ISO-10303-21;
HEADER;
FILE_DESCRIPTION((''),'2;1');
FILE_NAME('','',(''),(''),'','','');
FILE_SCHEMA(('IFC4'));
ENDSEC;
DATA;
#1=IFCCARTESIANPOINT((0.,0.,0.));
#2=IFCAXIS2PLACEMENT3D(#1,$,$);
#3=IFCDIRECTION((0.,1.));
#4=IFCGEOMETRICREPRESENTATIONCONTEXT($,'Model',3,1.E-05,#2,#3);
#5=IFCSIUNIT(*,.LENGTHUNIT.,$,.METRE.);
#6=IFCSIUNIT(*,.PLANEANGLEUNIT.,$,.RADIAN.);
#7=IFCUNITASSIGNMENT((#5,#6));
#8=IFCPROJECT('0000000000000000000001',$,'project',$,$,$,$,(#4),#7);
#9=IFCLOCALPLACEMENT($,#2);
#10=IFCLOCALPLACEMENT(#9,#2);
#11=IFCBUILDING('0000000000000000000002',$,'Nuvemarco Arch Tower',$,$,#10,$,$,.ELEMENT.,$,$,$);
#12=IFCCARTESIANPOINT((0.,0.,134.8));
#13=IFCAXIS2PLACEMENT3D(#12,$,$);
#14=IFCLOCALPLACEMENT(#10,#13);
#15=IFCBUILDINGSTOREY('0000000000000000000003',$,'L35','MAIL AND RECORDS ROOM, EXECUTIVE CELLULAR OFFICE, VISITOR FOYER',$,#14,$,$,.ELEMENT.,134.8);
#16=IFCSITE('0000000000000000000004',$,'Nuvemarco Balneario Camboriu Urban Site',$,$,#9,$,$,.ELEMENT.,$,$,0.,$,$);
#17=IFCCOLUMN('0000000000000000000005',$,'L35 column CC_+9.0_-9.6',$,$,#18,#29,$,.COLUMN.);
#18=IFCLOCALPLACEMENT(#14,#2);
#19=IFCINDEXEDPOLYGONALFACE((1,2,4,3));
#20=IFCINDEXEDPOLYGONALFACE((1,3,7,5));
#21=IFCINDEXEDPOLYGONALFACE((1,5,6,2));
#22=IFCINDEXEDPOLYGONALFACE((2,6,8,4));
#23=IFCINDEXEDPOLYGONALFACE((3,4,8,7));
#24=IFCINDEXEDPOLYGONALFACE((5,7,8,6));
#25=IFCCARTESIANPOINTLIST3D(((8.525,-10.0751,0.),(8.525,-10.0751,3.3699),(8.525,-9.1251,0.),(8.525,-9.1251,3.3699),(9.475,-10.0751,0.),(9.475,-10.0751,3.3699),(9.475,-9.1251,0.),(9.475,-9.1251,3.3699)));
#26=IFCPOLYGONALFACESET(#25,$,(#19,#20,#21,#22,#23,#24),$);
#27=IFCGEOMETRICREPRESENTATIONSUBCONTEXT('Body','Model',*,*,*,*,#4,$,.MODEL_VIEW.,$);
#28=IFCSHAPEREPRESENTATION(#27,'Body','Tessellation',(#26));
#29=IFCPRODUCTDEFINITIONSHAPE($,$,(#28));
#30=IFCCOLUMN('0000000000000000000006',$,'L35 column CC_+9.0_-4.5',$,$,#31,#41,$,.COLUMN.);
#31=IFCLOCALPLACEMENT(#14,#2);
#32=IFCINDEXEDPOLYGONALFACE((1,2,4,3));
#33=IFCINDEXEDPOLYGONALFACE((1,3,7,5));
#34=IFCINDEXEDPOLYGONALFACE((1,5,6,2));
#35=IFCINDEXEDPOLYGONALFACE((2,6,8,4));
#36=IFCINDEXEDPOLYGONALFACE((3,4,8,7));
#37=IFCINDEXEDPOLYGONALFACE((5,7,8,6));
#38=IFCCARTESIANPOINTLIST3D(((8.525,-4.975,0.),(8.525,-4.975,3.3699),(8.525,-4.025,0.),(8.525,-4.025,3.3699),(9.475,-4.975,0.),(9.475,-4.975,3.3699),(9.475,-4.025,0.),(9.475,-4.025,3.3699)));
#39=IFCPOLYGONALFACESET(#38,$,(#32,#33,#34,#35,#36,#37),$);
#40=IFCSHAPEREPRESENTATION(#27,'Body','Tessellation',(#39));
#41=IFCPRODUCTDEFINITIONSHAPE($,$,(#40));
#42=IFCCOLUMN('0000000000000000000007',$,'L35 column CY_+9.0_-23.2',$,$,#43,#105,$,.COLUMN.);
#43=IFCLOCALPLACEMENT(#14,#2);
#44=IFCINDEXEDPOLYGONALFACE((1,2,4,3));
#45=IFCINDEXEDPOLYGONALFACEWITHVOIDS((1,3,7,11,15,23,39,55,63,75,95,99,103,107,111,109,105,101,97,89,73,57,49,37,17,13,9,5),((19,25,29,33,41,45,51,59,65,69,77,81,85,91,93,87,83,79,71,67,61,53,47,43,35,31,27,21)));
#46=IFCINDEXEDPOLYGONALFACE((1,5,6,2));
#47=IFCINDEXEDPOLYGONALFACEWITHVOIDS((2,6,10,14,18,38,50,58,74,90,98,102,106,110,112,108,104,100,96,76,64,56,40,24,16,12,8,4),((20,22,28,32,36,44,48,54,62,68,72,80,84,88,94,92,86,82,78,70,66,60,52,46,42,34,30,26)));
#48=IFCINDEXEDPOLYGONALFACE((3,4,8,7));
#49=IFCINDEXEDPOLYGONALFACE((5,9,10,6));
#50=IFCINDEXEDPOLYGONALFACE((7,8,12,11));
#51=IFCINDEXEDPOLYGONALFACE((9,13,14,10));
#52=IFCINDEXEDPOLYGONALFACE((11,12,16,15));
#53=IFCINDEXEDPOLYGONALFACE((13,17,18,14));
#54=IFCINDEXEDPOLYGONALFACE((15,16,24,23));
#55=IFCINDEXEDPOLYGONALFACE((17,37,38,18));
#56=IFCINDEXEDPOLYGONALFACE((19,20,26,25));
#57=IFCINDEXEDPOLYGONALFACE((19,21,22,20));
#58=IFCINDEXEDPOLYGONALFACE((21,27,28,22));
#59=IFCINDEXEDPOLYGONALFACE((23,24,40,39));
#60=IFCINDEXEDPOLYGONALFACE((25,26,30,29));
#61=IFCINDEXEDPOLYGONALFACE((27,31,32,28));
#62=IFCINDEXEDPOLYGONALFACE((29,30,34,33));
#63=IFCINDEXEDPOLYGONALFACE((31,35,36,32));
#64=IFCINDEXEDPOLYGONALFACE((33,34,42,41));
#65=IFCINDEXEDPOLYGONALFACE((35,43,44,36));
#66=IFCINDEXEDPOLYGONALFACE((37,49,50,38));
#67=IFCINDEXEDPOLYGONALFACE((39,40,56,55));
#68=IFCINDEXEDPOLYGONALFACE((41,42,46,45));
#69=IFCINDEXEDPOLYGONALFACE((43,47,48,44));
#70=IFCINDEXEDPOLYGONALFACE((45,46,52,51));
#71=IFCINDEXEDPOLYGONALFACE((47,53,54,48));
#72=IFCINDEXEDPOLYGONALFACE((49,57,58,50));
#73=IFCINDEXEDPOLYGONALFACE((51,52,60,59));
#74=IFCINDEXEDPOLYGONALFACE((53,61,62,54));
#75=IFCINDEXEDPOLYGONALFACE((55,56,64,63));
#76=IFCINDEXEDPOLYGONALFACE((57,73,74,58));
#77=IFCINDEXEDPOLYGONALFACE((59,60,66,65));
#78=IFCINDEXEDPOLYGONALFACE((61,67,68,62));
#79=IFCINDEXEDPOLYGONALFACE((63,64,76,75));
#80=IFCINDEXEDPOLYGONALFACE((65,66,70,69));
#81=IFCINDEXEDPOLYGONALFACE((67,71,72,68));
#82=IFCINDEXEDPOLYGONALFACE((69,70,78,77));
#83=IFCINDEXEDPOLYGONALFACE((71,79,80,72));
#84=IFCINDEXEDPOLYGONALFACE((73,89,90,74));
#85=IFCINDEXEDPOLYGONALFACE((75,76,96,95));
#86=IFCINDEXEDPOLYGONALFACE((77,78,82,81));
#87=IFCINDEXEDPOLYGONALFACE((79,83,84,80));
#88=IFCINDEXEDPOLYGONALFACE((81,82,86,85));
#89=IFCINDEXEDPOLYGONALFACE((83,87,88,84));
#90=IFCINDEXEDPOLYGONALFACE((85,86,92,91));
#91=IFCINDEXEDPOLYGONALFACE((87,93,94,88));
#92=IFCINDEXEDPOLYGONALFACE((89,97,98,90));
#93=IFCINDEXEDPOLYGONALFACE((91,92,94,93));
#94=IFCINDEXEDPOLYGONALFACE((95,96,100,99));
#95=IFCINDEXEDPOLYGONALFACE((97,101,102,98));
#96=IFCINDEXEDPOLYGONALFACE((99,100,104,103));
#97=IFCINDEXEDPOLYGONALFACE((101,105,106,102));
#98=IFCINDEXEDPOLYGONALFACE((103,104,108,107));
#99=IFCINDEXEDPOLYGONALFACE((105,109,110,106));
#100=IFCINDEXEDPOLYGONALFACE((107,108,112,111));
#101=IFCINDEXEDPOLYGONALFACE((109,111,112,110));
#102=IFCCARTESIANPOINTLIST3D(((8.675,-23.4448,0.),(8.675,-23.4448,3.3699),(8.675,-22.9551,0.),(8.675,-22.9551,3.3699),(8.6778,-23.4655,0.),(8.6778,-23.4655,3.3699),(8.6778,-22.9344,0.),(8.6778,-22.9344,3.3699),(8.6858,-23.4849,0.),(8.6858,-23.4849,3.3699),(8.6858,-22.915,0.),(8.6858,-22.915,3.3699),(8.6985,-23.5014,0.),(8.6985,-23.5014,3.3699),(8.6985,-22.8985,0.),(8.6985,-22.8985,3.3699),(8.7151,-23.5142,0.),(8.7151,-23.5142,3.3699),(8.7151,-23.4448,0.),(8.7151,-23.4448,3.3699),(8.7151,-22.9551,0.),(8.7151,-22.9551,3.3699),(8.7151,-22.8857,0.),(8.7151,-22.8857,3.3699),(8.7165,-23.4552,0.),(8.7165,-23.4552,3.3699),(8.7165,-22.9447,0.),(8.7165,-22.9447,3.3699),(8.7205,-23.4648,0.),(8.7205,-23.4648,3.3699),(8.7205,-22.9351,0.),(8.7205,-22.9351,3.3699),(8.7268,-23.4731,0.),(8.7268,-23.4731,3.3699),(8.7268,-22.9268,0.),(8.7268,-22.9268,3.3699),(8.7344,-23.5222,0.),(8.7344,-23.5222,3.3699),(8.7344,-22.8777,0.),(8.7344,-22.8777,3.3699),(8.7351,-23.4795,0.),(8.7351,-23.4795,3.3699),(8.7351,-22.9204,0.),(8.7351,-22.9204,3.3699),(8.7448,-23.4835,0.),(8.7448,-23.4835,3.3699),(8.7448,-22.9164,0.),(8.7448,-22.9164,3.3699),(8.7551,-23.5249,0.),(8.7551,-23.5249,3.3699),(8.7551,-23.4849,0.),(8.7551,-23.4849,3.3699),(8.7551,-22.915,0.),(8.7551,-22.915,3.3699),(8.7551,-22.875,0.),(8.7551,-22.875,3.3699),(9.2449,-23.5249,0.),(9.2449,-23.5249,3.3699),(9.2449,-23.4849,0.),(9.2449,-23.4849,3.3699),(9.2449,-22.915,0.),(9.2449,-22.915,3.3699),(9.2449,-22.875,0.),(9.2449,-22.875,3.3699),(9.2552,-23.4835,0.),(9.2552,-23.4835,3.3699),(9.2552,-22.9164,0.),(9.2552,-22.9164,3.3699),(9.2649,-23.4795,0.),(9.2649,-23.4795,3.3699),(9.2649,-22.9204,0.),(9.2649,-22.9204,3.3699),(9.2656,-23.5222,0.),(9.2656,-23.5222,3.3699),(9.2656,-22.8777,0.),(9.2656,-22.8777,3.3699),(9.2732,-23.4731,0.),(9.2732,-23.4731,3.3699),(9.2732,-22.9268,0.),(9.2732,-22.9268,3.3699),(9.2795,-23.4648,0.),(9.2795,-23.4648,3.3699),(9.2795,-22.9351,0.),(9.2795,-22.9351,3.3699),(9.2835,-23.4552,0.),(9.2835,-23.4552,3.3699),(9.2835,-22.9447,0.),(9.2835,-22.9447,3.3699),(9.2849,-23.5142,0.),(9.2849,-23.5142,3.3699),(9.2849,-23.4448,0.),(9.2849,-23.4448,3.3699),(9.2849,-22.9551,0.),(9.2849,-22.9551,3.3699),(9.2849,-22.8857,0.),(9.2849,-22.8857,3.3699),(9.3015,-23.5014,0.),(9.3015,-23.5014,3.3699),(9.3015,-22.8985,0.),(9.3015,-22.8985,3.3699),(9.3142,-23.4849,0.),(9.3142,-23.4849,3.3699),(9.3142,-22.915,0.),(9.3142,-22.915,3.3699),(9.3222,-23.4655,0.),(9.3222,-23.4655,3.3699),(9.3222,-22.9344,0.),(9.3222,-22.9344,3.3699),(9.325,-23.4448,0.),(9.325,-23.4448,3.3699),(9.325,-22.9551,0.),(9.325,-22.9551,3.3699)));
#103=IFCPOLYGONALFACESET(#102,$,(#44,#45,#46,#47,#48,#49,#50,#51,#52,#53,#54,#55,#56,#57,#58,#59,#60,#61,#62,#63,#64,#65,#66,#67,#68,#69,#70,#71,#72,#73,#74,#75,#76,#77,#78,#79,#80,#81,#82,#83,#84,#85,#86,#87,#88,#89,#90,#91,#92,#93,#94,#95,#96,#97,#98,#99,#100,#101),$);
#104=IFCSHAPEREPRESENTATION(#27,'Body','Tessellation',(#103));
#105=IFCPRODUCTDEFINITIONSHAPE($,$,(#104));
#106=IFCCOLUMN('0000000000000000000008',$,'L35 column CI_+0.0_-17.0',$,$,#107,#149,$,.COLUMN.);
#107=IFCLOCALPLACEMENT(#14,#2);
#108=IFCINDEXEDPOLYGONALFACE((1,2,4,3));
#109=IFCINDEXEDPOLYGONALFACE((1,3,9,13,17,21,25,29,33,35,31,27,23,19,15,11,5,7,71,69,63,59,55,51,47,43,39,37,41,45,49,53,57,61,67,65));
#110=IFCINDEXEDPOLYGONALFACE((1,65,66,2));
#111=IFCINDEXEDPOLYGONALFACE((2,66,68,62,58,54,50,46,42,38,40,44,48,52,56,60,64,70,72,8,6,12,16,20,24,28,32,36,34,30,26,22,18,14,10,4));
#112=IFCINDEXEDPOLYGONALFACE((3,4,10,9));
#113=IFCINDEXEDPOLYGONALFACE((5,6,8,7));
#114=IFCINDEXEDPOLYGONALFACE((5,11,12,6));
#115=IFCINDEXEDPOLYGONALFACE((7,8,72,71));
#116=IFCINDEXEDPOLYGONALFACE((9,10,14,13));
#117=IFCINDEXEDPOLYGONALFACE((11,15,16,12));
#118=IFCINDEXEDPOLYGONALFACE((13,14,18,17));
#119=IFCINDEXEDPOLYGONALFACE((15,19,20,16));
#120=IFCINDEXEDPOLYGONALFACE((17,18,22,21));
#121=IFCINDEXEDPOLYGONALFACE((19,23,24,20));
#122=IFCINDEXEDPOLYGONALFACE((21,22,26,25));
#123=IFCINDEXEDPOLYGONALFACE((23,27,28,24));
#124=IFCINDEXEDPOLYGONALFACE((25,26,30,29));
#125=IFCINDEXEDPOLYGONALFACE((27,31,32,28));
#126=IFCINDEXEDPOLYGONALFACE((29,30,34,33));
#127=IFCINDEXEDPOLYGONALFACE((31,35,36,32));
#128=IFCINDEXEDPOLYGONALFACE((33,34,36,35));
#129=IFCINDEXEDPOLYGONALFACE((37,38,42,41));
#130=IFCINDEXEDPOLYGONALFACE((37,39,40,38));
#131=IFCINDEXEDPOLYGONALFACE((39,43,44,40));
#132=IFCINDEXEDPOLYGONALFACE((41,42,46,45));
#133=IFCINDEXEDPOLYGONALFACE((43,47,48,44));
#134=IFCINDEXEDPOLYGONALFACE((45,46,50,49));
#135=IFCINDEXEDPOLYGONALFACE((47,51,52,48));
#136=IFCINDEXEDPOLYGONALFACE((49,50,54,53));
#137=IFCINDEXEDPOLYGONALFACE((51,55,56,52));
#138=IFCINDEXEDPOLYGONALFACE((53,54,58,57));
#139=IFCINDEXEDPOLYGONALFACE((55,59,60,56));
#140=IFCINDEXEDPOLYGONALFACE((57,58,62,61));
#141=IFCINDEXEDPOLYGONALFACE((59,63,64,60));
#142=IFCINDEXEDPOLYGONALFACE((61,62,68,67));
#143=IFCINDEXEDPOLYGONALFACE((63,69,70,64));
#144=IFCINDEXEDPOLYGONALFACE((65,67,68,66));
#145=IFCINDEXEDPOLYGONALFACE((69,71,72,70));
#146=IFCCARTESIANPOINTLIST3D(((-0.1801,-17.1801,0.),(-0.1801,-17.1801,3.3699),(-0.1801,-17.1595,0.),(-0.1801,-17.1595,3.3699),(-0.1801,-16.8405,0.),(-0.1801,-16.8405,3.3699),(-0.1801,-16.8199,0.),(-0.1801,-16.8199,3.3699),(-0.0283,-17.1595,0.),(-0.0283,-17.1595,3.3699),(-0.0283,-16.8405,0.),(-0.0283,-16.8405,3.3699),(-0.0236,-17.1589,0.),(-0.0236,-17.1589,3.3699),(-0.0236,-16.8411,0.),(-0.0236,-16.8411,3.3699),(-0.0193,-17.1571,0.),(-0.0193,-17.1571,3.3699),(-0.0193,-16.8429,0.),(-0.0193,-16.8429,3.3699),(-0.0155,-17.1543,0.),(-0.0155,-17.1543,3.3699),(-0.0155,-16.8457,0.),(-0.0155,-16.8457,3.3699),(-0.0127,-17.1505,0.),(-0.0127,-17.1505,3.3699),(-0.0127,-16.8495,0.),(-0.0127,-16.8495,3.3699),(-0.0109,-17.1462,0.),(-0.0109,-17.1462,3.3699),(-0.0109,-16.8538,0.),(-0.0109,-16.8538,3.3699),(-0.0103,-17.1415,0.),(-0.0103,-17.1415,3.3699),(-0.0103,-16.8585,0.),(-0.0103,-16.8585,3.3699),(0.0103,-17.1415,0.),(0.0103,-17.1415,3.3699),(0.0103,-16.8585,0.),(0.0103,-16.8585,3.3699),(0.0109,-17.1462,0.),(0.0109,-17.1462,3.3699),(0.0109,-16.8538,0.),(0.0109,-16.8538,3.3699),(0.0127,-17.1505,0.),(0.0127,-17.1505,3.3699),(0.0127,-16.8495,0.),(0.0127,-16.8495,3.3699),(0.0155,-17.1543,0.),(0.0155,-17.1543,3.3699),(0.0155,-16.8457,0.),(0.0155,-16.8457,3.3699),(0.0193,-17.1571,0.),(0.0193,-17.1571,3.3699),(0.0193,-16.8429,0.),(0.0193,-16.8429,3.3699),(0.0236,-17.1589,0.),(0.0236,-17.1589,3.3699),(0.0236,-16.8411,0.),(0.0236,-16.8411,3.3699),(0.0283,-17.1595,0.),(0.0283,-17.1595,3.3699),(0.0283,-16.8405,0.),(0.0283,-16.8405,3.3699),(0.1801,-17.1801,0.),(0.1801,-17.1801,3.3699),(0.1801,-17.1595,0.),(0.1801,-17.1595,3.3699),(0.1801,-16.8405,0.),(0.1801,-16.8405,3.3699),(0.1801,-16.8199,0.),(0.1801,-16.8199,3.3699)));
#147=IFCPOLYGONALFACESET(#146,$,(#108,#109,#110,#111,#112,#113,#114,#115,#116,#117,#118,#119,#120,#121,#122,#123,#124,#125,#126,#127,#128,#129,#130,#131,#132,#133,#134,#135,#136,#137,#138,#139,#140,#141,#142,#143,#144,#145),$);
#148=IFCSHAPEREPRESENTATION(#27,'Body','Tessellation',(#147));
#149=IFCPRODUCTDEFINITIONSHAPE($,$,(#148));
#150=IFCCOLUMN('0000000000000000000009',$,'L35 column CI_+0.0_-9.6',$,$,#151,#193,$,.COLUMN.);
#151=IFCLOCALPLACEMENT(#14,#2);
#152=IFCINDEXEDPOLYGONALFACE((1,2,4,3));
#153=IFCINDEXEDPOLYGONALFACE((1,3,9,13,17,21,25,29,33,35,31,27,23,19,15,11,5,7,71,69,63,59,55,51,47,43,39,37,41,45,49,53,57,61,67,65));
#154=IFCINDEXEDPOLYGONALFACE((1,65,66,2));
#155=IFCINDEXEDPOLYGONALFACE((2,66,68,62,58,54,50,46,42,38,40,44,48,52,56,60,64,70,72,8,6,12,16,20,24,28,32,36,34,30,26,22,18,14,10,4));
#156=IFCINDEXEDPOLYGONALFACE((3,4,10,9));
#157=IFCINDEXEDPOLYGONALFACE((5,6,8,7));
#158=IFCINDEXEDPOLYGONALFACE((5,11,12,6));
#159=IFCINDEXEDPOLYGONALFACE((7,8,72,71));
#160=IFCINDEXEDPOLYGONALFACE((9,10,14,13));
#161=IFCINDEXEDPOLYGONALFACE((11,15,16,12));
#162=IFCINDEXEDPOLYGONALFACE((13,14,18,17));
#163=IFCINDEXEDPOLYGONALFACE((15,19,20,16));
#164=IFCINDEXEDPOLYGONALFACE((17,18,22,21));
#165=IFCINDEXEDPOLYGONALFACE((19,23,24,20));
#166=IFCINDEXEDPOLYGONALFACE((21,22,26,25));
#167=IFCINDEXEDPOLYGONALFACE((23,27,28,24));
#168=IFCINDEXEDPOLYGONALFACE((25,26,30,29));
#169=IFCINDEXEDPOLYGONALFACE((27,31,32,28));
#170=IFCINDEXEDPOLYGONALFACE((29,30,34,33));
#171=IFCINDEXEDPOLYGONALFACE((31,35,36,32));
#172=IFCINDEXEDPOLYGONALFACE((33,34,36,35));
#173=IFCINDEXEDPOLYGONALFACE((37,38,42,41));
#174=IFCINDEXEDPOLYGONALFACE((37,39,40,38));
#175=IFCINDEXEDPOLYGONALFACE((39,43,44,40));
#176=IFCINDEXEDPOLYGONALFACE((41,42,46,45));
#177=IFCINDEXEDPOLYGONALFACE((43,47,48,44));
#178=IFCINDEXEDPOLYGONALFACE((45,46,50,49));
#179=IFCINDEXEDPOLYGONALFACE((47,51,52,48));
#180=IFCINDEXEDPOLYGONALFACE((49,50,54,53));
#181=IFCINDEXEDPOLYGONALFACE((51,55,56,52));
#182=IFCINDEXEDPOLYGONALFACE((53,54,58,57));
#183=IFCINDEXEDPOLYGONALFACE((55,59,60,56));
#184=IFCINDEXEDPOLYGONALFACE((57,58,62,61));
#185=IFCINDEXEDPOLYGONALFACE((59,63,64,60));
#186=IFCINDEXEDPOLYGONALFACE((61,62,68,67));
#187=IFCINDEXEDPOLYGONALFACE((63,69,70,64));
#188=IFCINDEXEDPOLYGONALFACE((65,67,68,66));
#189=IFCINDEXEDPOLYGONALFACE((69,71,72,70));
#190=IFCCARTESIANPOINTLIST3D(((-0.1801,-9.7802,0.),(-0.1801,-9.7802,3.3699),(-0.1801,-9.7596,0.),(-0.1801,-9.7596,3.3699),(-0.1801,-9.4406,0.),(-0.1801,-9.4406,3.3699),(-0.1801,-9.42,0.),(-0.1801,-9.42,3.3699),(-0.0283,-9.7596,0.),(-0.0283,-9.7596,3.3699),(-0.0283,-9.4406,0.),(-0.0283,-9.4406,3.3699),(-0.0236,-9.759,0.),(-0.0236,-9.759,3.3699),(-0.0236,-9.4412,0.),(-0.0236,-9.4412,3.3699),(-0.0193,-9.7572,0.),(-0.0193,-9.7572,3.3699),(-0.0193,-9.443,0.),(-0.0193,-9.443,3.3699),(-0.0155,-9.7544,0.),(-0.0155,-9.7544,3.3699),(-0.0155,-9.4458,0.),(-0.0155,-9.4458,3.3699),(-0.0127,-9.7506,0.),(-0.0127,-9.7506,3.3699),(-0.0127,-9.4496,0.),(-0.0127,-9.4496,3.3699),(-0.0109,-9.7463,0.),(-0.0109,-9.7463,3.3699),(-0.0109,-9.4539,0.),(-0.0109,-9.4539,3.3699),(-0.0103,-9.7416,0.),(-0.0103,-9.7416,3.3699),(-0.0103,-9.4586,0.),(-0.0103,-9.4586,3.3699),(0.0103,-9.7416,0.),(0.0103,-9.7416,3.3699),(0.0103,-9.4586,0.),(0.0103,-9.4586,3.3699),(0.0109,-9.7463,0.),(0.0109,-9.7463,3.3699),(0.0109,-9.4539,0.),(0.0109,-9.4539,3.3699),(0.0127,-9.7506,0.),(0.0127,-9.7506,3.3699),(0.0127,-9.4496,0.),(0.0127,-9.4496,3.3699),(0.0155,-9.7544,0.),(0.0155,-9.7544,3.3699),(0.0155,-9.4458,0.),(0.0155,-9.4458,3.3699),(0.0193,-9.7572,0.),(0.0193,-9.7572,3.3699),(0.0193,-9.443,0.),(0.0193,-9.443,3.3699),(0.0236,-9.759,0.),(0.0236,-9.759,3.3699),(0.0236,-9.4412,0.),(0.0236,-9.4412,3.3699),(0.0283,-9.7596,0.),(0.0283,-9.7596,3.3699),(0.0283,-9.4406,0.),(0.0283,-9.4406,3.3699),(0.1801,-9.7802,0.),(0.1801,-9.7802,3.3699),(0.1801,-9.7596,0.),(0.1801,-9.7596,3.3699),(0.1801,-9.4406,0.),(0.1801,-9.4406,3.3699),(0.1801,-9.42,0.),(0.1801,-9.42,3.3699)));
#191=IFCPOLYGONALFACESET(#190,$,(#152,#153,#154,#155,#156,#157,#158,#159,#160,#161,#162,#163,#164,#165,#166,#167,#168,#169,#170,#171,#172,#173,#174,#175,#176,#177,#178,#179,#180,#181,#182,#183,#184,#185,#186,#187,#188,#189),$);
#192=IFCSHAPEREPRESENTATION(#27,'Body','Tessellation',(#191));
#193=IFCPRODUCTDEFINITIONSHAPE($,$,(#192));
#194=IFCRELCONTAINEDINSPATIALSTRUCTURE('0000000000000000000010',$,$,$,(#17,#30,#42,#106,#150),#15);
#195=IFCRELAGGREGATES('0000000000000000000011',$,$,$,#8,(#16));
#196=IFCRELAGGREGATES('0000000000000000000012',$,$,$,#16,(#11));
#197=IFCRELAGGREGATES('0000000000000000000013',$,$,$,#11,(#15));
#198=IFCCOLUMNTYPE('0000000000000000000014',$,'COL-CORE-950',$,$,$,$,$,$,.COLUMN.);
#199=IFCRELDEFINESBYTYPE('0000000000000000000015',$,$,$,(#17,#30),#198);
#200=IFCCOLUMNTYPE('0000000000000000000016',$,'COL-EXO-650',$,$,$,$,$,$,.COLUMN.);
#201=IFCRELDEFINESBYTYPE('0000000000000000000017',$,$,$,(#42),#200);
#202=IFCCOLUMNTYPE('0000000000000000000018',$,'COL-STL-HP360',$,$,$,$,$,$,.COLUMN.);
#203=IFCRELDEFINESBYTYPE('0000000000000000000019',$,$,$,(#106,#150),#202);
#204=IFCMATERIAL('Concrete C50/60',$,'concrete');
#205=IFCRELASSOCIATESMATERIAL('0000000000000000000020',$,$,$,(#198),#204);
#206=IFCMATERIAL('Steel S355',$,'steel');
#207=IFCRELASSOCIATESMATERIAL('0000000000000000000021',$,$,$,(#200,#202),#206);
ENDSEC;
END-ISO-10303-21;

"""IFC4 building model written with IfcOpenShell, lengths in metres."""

from ifc_helpers import new_model, si_unit, direction, frame, origin, origin_2d, place, context, subcontext, project, spatial, rectangle, hollow_rectangle, i_section, extrude, material, material_profile, profile_set, type_object, element, save


model = new_model("IFC4")

# Units and contexts
model_context = context("Model", 3, precision=1e-05, world=origin(), true_north=direction((0.0, 1.0)))
body_context = subcontext(model_context, "Body", "Model", "MODEL_VIEW")
ifc_project = project(units=[si_unit("LENGTHUNIT", "METRE"), si_unit("PLANEANGLEUNIT", "RADIAN")], contexts=[model_context])

# Site, building, storey
site_placement = place(None, origin())
site = spatial("IfcSite", under=ifc_project, at=site_placement, Name="Nuvemarco Balneario Camboriu Urban Site", CompositionType="ELEMENT", RefElevation=0.0)
building_placement = place(site_placement, origin())
building = spatial("IfcBuilding", under=site, at=building_placement, Name="Nuvemarco Arch Tower", CompositionType="ELEMENT")
storey_placement = place(building_placement, frame((0.0, 0.0, 134.8)))
storey = spatial("IfcBuildingStorey", under=building, at=storey_placement, Name="L35", Description="MAIL AND RECORDS ROOM, EXECUTIVE CELLULAR OFFICE, VISITOR FOYER", CompositionType="ELEMENT", Elevation=134.8)

# Columns
ifc_material_1 = material(Name="Concrete C50/60", Category="concrete")
ifc_material_profile_1 = material_profile(ifc_material_1, rectangle(XDim=0.95, YDim=0.95, at=origin_2d()), Name="RC-COL-950x950")
ifc_profile_set_1 = profile_set([ifc_material_profile_1], Name="Concrete C50/60")
column_type_1 = type_object("IfcColumnType", Name="COL-CORE-950", PredefinedType="COLUMN", material=ifc_profile_set_1)
for number, where, z_axis, x_axis, name in (
    (1, (9.0, -9.6001, 0.0), (0.0, 0.0, 1.0), (1.0, 0.0, 0.0), "L35 column CC_+9.0_-9.6"),
    (2, (9.0, -4.5, 0.0), (0.0, 0.0, 1.0), (1.0, 0.0, 0.0), "L35 column CC_+9.0_-4.5"),
):
    element("IfcColumn", number, at=place(storey_placement, frame(where, z_axis=z_axis, x_axis=x_axis)), inside=storey, type_object=column_type_1, Name=name, PredefinedType="COLUMN", context=body_context, shape_type="SweptSolid", body=[
        extrude(rectangle(XDim=0.95, YDim=0.95, at=origin_2d()), origin(), (0.0, 0.0, 1.0), 3.3699),
    ])
ifc_material_2 = material(Name="Steel S355", Category="steel")
ifc_material_profile_2 = material_profile(ifc_material_2, hollow_rectangle(XDim=0.6499, YDim=0.6499, WallThickness=0.04, InnerFilletRadius=0.04, OuterFilletRadius=0.0801, at=origin_2d()), Name="SHS650x650x40")
ifc_profile_set_2 = profile_set([ifc_material_profile_2], Name="Steel S355")
column_type_2 = type_object("IfcColumnType", Name="COL-EXO-650", PredefinedType="COLUMN", material=ifc_profile_set_2)
column_placement = place(storey_placement, frame((9.0, -23.2, 0.0), z_axis=(0.0, 0.0, 1.0), x_axis=(1.0, 0.0, 0.0)))
element("IfcColumn", 3, at=column_placement, inside=storey, type_object=column_type_2, Name="L35 column CY_+9.0_-23.2", PredefinedType="COLUMN", context=body_context, shape_type="SweptSolid", body=[
    extrude(hollow_rectangle(XDim=0.6499, YDim=0.6499, WallThickness=0.04, InnerFilletRadius=0.04, OuterFilletRadius=0.0801, at=origin_2d()), origin(), (0.0, 0.0, 1.0), 3.3699),
])
ifc_material_profile_3 = material_profile(ifc_material_2, i_section(OverallWidth=0.3601, OverallDepth=0.3601, WebThickness=0.0205, FlangeThickness=0.0205, FilletRadius=0.0181, at=origin_2d()), Name="HP360x174")
ifc_profile_set_3 = profile_set([ifc_material_profile_3], Name="Steel S355")
column_type_3 = type_object("IfcColumnType", Name="COL-STL-HP360", PredefinedType="COLUMN", material=ifc_profile_set_3)
for number, where, z_axis, x_axis, name in (
    (4, (0.0, -17.0, 0.0), (0.0, 0.0, 1.0), (1.0, 0.0, 0.0), "L35 column CI_+0.0_-17.0"),
    (5, (0.0, -9.6001, 0.0), (0.0, 0.0, 1.0), (1.0, 0.0, 0.0), "L35 column CI_+0.0_-9.6"),
):
    element("IfcColumn", number, at=place(storey_placement, frame(where, z_axis=z_axis, x_axis=x_axis)), inside=storey, type_object=column_type_3, Name=name, PredefinedType="COLUMN", context=body_context, shape_type="SweptSolid", body=[
        extrude(i_section(OverallWidth=0.3601, OverallDepth=0.3601, WebThickness=0.0205, FlangeThickness=0.0205, FilletRadius=0.0181, at=origin_2d()), origin(), (0.0, 0.0, 1.0), 3.3699),
    ])

save(model, "model.ifc")
